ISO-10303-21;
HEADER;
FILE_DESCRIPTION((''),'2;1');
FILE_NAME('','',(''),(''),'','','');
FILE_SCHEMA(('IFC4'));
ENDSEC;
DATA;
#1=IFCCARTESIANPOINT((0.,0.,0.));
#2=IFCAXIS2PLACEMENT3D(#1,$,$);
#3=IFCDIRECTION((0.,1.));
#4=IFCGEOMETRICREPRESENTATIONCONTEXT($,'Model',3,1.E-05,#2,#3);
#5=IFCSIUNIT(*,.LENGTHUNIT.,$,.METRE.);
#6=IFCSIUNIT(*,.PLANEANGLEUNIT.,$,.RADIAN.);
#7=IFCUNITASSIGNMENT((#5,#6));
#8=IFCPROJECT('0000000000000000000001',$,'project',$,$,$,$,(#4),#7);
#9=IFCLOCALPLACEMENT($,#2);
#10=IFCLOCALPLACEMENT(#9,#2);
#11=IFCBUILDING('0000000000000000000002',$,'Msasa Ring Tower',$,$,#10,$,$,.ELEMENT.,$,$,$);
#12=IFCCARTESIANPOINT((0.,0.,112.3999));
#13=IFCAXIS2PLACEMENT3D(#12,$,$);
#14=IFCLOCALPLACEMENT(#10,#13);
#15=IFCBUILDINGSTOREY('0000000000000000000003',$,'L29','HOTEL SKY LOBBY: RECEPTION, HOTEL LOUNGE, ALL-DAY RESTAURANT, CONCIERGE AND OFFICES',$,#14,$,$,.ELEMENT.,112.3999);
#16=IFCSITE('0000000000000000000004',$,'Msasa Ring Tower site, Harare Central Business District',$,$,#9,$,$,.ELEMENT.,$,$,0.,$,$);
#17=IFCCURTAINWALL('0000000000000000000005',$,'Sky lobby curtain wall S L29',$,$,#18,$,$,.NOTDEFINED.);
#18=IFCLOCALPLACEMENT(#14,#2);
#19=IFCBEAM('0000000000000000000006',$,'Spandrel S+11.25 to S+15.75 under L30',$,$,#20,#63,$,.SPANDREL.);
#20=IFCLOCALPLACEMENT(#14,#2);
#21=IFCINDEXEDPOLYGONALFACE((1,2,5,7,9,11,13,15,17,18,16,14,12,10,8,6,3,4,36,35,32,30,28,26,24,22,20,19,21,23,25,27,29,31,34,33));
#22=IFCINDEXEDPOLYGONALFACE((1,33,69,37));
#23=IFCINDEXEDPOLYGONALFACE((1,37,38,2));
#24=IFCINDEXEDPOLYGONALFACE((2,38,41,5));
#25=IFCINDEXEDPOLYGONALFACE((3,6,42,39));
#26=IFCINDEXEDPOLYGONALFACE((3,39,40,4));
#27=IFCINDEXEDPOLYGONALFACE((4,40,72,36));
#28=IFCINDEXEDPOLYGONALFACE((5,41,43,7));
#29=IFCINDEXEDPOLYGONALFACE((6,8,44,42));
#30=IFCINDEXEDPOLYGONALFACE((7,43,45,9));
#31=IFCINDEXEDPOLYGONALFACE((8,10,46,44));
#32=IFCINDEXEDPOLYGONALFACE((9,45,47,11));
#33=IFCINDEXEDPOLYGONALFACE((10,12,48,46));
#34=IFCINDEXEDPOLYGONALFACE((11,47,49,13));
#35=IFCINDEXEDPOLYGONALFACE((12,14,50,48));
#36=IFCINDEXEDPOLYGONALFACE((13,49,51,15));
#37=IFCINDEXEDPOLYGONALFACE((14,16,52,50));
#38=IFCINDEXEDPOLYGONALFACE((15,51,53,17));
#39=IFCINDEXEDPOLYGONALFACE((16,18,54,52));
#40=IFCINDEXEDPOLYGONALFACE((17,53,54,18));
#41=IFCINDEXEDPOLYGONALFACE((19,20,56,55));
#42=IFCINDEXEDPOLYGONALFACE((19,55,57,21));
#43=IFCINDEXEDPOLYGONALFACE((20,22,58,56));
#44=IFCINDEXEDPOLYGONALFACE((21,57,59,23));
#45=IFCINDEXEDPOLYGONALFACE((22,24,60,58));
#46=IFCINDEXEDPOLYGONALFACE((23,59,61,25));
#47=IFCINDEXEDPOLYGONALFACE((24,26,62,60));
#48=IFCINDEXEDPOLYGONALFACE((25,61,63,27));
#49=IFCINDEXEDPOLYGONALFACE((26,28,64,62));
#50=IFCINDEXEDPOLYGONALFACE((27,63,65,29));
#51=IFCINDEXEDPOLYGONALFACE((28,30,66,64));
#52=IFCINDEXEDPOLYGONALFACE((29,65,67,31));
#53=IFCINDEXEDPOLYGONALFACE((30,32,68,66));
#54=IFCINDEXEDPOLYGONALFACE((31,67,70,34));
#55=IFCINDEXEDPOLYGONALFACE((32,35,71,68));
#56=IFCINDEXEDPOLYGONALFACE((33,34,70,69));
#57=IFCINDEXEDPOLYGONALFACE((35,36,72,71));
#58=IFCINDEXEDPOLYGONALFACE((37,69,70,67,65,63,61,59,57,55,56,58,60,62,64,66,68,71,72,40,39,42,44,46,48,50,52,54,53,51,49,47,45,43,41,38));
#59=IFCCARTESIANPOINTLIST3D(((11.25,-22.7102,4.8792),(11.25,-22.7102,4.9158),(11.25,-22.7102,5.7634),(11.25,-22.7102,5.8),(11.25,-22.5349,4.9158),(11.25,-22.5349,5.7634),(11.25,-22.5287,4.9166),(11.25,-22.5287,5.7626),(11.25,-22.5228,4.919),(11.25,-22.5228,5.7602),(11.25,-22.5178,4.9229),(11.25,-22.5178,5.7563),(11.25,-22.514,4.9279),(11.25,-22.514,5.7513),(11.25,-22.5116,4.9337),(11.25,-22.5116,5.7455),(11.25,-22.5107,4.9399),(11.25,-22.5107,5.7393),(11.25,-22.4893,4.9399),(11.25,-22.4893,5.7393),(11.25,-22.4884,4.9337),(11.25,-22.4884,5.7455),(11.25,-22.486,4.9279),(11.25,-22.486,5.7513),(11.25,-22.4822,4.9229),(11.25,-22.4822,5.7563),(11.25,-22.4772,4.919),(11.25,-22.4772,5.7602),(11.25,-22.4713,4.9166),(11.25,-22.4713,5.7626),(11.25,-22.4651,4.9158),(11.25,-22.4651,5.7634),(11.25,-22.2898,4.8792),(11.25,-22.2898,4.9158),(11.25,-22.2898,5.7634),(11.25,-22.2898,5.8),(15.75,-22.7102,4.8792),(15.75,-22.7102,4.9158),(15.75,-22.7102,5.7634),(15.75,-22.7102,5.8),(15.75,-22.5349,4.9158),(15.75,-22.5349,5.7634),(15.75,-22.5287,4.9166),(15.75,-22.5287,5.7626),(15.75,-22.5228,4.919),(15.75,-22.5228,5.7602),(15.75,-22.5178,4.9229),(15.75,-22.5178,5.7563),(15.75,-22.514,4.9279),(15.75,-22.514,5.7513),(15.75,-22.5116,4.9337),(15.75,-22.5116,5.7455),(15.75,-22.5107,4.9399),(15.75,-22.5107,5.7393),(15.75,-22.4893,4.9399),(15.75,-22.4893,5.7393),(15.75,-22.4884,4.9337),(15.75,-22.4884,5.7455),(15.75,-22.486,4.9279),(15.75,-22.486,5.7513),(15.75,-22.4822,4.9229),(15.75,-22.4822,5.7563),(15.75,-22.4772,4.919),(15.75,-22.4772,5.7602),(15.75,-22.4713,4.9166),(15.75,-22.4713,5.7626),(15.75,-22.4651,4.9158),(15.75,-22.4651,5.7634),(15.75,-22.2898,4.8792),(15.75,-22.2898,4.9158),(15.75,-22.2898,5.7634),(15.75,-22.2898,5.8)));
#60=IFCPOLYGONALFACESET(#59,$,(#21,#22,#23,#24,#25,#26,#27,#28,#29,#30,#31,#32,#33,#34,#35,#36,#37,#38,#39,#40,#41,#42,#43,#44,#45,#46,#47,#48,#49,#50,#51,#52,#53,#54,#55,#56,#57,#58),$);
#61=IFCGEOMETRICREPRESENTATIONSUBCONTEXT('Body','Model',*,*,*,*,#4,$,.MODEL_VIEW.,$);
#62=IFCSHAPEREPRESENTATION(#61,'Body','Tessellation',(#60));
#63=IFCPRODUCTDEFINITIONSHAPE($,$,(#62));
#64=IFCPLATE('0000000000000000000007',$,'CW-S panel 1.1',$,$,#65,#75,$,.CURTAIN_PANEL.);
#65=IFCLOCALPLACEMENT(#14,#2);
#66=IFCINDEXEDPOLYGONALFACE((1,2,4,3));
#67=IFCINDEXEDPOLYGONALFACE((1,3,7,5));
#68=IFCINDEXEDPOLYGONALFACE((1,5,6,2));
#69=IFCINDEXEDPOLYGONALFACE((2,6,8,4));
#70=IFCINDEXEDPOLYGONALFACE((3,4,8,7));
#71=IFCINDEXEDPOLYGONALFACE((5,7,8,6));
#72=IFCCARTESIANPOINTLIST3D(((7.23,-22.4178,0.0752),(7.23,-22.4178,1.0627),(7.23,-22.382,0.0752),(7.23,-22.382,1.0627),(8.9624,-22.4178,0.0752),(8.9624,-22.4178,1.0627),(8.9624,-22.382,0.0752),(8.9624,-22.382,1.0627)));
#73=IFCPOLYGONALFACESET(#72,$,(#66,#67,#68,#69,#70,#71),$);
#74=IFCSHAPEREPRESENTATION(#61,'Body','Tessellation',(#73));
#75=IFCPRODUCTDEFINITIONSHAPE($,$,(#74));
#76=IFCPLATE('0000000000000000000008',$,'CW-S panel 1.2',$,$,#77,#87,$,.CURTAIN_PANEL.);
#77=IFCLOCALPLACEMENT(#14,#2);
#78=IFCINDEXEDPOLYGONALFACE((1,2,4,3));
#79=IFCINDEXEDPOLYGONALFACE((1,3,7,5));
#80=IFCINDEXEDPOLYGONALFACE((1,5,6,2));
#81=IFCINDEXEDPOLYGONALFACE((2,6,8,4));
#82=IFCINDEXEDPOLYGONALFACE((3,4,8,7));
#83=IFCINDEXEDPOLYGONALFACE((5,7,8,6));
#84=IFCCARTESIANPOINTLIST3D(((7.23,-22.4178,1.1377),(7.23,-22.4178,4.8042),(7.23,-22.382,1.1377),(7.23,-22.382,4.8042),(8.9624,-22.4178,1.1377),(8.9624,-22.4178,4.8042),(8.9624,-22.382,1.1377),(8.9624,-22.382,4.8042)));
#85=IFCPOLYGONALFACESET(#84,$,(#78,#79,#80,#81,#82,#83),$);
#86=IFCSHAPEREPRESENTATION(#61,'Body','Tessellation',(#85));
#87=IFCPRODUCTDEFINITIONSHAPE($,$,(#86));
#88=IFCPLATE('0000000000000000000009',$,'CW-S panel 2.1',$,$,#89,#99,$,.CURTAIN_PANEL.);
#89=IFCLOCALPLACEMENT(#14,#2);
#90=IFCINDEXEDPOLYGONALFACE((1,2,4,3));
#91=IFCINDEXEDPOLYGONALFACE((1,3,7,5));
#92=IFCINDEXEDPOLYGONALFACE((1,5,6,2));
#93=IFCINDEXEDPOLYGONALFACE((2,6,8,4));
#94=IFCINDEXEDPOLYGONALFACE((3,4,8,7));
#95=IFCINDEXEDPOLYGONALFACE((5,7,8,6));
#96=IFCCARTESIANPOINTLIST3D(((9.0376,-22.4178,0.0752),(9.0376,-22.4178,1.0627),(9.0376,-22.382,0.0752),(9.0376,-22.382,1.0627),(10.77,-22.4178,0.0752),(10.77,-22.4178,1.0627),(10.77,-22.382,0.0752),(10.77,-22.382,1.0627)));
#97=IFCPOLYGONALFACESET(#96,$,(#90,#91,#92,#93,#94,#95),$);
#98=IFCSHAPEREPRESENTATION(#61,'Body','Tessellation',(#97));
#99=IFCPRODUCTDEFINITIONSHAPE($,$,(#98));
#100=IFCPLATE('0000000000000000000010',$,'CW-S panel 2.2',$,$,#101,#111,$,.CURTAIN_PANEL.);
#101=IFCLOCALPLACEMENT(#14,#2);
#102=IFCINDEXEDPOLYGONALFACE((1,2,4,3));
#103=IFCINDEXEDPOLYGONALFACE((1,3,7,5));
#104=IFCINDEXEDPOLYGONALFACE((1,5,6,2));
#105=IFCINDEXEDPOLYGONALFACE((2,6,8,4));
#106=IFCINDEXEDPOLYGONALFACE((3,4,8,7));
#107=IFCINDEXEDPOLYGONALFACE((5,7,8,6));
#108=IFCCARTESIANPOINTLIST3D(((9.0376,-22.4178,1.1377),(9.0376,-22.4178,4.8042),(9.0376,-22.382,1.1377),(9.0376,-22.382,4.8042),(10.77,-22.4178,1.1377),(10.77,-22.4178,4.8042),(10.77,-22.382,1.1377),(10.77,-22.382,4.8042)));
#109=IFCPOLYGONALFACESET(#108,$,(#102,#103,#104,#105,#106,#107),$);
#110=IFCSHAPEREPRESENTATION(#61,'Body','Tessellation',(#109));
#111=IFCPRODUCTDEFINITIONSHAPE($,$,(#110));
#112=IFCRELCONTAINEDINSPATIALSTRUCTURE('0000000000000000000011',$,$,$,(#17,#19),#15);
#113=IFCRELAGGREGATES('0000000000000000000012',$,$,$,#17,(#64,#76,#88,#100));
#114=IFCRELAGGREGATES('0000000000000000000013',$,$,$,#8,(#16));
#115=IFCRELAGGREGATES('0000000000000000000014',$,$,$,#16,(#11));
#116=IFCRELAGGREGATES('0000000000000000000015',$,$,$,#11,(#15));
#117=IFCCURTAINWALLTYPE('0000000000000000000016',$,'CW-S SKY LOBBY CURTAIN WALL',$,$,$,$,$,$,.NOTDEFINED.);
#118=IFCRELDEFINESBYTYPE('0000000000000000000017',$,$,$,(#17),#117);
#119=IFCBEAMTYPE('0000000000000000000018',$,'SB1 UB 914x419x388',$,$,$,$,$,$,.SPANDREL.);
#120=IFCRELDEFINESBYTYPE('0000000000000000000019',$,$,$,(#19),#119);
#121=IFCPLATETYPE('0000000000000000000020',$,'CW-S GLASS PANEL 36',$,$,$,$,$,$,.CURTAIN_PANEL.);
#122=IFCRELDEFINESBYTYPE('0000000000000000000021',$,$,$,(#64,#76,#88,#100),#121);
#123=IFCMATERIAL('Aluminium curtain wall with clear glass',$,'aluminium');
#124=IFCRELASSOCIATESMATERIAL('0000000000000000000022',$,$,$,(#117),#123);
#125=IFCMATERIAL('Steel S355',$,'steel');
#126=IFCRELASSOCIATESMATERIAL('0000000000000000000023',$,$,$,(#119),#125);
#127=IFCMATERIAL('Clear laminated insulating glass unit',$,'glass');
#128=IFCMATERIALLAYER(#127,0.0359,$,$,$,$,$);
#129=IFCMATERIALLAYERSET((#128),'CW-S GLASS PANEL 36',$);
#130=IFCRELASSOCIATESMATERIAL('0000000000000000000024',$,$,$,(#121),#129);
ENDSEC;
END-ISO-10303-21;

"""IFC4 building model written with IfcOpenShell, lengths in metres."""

from ifc_helpers import new_model, si_unit, direction, frame, origin, origin_2d, place, context, subcontext, project, spatial, rectangle, i_section, extrude, material, layer, layer_set, material_profile, profile_set, type_object, element, aggregate, save


model = new_model("IFC4")

# Units and contexts
model_context = context("Model", 3, precision=1e-05, world=origin(), true_north=direction((0.0, 1.0)))
body_context = subcontext(model_context, "Body", "Model", "MODEL_VIEW")
ifc_project = project(units=[si_unit("LENGTHUNIT", "METRE"), si_unit("PLANEANGLEUNIT", "RADIAN")], contexts=[model_context])

# Site, building, storey
site_placement = place(None, origin())
site = spatial("IfcSite", under=ifc_project, at=site_placement, Name="Msasa Ring Tower site, Harare Central Business District", CompositionType="ELEMENT", RefElevation=0.0)
building_placement = place(site_placement, origin())
building = spatial("IfcBuilding", under=site, at=building_placement, Name="Msasa Ring Tower", CompositionType="ELEMENT")
storey_placement = place(building_placement, frame((0.0, 0.0, 112.3999)))
storey = spatial("IfcBuildingStorey", under=building, at=storey_placement, Name="L29", Description="HOTEL SKY LOBBY: RECEPTION, HOTEL LOUNGE, ALL-DAY RESTAURANT, CONCIERGE AND OFFICES", CompositionType="ELEMENT", Elevation=112.3999)

# Curtain wall
ifc_material_1 = material(Name="Aluminium curtain wall with clear glass", Category="aluminium")
curtain_wall_type = type_object("IfcCurtainWallType", Name="CW-S SKY LOBBY CURTAIN WALL", PredefinedType="NOTDEFINED", material=ifc_material_1)
curtain_wall_1_placement = place(storey_placement, origin())
curtain_wall_1 = element("IfcCurtainWall", 1, at=curtain_wall_1_placement, inside=storey, type_object=curtain_wall_type, Name="Sky lobby curtain wall S L29", PredefinedType="NOTDEFINED")

# Beam
ifc_material_2 = material(Name="Steel S355", Category="steel")
ifc_material_profile_1 = material_profile(ifc_material_2, i_section(OverallWidth=0.4204, OverallDepth=0.9209, WebThickness=0.0215, FlangeThickness=0.0366, FilletRadius=0.0242, at=origin_2d()), Name="UB 914x419x388")
ifc_profile_set_1 = profile_set([ifc_material_profile_1], Name="Steel S355")
beam_type_1 = type_object("IfcBeamType", Name="SB1 UB 914x419x388", PredefinedType="SPANDREL", material=ifc_profile_set_1)
for number, where, z_axis, x_axis, name in (
    (2, (11.25, -22.5, 5.3396), (1.0, 0.0, 0.0), (0.0, 1.0, 0.0), "Spandrel S+11.25 to S+15.75 under L30"),
):
    element("IfcBeam", number, at=place(storey_placement, frame(where, z_axis=z_axis, x_axis=x_axis)), inside=storey, type_object=beam_type_1, Name=name, PredefinedType="SPANDREL", context=body_context, shape_type="SweptSolid", body=[
        extrude(i_section(OverallWidth=0.4204, OverallDepth=0.9209, WebThickness=0.0215, FlangeThickness=0.0366, FilletRadius=0.0242, at=origin_2d()), origin(), (0.0, 0.0, 1.0), 4.5),
    ])

# Plates
ifc_material_3 = material(Name="Clear laminated insulating glass unit", Category="glass")
ifc_layer = layer(ifc_material_3, 0.0359)
ifc_layer_set = layer_set([ifc_layer], Name="CW-S GLASS PANEL 36")
plate_type = type_object("IfcPlateType", Name="CW-S GLASS PANEL 36", PredefinedType="CURTAIN_PANEL", material=ifc_layer_set)
plate_1_placement = place(storey_placement, frame((8.0962, -22.3999, 0.0752), z_axis=(0.0, 0.0, 1.0), x_axis=(1.0, 0.0, 0.0)))
plate_1 = element("IfcPlate", 3, at=plate_1_placement, type_object=plate_type, Name="CW-S panel 1.1", PredefinedType="CURTAIN_PANEL", context=body_context, shape_type="SweptSolid", body=[
    extrude(rectangle(XDim=1.7324, YDim=0.0359, at=origin_2d()), origin(), (0.0, 0.0, 1.0), 0.9875),
])
plate_2_placement = place(storey_placement, frame((8.0962, -22.3999, 1.1377), z_axis=(0.0, 0.0, 1.0), x_axis=(1.0, 0.0, 0.0)))
plate_2 = element("IfcPlate", 4, at=plate_2_placement, type_object=plate_type, Name="CW-S panel 1.2", PredefinedType="CURTAIN_PANEL", context=body_context, shape_type="SweptSolid", body=[
    extrude(rectangle(XDim=1.7324, YDim=0.0359, at=origin_2d()), origin(), (0.0, 0.0, 1.0), 3.6665),
])
plate_3_placement = place(storey_placement, frame((9.9038, -22.3999, 0.0752), z_axis=(0.0, 0.0, 1.0), x_axis=(1.0, 0.0, 0.0)))
plate_3 = element("IfcPlate", 5, at=plate_3_placement, type_object=plate_type, Name="CW-S panel 2.1", PredefinedType="CURTAIN_PANEL", context=body_context, shape_type="SweptSolid", body=[
    extrude(rectangle(XDim=1.7324, YDim=0.0359, at=origin_2d()), origin(), (0.0, 0.0, 1.0), 0.9875),
])
plate_4_placement = place(storey_placement, frame((9.9038, -22.3999, 1.1377), z_axis=(0.0, 0.0, 1.0), x_axis=(1.0, 0.0, 0.0)))
plate_4 = element("IfcPlate", 6, at=plate_4_placement, type_object=plate_type, Name="CW-S panel 2.2", PredefinedType="CURTAIN_PANEL", context=body_context, shape_type="SweptSolid", body=[
    extrude(rectangle(XDim=1.7324, YDim=0.0359, at=origin_2d()), origin(), (0.0, 0.0, 1.0), 3.6665),
])
aggregate(curtain_wall_1, [plate_1, plate_2, plate_3, plate_4])

save(model, "model.ifc")
